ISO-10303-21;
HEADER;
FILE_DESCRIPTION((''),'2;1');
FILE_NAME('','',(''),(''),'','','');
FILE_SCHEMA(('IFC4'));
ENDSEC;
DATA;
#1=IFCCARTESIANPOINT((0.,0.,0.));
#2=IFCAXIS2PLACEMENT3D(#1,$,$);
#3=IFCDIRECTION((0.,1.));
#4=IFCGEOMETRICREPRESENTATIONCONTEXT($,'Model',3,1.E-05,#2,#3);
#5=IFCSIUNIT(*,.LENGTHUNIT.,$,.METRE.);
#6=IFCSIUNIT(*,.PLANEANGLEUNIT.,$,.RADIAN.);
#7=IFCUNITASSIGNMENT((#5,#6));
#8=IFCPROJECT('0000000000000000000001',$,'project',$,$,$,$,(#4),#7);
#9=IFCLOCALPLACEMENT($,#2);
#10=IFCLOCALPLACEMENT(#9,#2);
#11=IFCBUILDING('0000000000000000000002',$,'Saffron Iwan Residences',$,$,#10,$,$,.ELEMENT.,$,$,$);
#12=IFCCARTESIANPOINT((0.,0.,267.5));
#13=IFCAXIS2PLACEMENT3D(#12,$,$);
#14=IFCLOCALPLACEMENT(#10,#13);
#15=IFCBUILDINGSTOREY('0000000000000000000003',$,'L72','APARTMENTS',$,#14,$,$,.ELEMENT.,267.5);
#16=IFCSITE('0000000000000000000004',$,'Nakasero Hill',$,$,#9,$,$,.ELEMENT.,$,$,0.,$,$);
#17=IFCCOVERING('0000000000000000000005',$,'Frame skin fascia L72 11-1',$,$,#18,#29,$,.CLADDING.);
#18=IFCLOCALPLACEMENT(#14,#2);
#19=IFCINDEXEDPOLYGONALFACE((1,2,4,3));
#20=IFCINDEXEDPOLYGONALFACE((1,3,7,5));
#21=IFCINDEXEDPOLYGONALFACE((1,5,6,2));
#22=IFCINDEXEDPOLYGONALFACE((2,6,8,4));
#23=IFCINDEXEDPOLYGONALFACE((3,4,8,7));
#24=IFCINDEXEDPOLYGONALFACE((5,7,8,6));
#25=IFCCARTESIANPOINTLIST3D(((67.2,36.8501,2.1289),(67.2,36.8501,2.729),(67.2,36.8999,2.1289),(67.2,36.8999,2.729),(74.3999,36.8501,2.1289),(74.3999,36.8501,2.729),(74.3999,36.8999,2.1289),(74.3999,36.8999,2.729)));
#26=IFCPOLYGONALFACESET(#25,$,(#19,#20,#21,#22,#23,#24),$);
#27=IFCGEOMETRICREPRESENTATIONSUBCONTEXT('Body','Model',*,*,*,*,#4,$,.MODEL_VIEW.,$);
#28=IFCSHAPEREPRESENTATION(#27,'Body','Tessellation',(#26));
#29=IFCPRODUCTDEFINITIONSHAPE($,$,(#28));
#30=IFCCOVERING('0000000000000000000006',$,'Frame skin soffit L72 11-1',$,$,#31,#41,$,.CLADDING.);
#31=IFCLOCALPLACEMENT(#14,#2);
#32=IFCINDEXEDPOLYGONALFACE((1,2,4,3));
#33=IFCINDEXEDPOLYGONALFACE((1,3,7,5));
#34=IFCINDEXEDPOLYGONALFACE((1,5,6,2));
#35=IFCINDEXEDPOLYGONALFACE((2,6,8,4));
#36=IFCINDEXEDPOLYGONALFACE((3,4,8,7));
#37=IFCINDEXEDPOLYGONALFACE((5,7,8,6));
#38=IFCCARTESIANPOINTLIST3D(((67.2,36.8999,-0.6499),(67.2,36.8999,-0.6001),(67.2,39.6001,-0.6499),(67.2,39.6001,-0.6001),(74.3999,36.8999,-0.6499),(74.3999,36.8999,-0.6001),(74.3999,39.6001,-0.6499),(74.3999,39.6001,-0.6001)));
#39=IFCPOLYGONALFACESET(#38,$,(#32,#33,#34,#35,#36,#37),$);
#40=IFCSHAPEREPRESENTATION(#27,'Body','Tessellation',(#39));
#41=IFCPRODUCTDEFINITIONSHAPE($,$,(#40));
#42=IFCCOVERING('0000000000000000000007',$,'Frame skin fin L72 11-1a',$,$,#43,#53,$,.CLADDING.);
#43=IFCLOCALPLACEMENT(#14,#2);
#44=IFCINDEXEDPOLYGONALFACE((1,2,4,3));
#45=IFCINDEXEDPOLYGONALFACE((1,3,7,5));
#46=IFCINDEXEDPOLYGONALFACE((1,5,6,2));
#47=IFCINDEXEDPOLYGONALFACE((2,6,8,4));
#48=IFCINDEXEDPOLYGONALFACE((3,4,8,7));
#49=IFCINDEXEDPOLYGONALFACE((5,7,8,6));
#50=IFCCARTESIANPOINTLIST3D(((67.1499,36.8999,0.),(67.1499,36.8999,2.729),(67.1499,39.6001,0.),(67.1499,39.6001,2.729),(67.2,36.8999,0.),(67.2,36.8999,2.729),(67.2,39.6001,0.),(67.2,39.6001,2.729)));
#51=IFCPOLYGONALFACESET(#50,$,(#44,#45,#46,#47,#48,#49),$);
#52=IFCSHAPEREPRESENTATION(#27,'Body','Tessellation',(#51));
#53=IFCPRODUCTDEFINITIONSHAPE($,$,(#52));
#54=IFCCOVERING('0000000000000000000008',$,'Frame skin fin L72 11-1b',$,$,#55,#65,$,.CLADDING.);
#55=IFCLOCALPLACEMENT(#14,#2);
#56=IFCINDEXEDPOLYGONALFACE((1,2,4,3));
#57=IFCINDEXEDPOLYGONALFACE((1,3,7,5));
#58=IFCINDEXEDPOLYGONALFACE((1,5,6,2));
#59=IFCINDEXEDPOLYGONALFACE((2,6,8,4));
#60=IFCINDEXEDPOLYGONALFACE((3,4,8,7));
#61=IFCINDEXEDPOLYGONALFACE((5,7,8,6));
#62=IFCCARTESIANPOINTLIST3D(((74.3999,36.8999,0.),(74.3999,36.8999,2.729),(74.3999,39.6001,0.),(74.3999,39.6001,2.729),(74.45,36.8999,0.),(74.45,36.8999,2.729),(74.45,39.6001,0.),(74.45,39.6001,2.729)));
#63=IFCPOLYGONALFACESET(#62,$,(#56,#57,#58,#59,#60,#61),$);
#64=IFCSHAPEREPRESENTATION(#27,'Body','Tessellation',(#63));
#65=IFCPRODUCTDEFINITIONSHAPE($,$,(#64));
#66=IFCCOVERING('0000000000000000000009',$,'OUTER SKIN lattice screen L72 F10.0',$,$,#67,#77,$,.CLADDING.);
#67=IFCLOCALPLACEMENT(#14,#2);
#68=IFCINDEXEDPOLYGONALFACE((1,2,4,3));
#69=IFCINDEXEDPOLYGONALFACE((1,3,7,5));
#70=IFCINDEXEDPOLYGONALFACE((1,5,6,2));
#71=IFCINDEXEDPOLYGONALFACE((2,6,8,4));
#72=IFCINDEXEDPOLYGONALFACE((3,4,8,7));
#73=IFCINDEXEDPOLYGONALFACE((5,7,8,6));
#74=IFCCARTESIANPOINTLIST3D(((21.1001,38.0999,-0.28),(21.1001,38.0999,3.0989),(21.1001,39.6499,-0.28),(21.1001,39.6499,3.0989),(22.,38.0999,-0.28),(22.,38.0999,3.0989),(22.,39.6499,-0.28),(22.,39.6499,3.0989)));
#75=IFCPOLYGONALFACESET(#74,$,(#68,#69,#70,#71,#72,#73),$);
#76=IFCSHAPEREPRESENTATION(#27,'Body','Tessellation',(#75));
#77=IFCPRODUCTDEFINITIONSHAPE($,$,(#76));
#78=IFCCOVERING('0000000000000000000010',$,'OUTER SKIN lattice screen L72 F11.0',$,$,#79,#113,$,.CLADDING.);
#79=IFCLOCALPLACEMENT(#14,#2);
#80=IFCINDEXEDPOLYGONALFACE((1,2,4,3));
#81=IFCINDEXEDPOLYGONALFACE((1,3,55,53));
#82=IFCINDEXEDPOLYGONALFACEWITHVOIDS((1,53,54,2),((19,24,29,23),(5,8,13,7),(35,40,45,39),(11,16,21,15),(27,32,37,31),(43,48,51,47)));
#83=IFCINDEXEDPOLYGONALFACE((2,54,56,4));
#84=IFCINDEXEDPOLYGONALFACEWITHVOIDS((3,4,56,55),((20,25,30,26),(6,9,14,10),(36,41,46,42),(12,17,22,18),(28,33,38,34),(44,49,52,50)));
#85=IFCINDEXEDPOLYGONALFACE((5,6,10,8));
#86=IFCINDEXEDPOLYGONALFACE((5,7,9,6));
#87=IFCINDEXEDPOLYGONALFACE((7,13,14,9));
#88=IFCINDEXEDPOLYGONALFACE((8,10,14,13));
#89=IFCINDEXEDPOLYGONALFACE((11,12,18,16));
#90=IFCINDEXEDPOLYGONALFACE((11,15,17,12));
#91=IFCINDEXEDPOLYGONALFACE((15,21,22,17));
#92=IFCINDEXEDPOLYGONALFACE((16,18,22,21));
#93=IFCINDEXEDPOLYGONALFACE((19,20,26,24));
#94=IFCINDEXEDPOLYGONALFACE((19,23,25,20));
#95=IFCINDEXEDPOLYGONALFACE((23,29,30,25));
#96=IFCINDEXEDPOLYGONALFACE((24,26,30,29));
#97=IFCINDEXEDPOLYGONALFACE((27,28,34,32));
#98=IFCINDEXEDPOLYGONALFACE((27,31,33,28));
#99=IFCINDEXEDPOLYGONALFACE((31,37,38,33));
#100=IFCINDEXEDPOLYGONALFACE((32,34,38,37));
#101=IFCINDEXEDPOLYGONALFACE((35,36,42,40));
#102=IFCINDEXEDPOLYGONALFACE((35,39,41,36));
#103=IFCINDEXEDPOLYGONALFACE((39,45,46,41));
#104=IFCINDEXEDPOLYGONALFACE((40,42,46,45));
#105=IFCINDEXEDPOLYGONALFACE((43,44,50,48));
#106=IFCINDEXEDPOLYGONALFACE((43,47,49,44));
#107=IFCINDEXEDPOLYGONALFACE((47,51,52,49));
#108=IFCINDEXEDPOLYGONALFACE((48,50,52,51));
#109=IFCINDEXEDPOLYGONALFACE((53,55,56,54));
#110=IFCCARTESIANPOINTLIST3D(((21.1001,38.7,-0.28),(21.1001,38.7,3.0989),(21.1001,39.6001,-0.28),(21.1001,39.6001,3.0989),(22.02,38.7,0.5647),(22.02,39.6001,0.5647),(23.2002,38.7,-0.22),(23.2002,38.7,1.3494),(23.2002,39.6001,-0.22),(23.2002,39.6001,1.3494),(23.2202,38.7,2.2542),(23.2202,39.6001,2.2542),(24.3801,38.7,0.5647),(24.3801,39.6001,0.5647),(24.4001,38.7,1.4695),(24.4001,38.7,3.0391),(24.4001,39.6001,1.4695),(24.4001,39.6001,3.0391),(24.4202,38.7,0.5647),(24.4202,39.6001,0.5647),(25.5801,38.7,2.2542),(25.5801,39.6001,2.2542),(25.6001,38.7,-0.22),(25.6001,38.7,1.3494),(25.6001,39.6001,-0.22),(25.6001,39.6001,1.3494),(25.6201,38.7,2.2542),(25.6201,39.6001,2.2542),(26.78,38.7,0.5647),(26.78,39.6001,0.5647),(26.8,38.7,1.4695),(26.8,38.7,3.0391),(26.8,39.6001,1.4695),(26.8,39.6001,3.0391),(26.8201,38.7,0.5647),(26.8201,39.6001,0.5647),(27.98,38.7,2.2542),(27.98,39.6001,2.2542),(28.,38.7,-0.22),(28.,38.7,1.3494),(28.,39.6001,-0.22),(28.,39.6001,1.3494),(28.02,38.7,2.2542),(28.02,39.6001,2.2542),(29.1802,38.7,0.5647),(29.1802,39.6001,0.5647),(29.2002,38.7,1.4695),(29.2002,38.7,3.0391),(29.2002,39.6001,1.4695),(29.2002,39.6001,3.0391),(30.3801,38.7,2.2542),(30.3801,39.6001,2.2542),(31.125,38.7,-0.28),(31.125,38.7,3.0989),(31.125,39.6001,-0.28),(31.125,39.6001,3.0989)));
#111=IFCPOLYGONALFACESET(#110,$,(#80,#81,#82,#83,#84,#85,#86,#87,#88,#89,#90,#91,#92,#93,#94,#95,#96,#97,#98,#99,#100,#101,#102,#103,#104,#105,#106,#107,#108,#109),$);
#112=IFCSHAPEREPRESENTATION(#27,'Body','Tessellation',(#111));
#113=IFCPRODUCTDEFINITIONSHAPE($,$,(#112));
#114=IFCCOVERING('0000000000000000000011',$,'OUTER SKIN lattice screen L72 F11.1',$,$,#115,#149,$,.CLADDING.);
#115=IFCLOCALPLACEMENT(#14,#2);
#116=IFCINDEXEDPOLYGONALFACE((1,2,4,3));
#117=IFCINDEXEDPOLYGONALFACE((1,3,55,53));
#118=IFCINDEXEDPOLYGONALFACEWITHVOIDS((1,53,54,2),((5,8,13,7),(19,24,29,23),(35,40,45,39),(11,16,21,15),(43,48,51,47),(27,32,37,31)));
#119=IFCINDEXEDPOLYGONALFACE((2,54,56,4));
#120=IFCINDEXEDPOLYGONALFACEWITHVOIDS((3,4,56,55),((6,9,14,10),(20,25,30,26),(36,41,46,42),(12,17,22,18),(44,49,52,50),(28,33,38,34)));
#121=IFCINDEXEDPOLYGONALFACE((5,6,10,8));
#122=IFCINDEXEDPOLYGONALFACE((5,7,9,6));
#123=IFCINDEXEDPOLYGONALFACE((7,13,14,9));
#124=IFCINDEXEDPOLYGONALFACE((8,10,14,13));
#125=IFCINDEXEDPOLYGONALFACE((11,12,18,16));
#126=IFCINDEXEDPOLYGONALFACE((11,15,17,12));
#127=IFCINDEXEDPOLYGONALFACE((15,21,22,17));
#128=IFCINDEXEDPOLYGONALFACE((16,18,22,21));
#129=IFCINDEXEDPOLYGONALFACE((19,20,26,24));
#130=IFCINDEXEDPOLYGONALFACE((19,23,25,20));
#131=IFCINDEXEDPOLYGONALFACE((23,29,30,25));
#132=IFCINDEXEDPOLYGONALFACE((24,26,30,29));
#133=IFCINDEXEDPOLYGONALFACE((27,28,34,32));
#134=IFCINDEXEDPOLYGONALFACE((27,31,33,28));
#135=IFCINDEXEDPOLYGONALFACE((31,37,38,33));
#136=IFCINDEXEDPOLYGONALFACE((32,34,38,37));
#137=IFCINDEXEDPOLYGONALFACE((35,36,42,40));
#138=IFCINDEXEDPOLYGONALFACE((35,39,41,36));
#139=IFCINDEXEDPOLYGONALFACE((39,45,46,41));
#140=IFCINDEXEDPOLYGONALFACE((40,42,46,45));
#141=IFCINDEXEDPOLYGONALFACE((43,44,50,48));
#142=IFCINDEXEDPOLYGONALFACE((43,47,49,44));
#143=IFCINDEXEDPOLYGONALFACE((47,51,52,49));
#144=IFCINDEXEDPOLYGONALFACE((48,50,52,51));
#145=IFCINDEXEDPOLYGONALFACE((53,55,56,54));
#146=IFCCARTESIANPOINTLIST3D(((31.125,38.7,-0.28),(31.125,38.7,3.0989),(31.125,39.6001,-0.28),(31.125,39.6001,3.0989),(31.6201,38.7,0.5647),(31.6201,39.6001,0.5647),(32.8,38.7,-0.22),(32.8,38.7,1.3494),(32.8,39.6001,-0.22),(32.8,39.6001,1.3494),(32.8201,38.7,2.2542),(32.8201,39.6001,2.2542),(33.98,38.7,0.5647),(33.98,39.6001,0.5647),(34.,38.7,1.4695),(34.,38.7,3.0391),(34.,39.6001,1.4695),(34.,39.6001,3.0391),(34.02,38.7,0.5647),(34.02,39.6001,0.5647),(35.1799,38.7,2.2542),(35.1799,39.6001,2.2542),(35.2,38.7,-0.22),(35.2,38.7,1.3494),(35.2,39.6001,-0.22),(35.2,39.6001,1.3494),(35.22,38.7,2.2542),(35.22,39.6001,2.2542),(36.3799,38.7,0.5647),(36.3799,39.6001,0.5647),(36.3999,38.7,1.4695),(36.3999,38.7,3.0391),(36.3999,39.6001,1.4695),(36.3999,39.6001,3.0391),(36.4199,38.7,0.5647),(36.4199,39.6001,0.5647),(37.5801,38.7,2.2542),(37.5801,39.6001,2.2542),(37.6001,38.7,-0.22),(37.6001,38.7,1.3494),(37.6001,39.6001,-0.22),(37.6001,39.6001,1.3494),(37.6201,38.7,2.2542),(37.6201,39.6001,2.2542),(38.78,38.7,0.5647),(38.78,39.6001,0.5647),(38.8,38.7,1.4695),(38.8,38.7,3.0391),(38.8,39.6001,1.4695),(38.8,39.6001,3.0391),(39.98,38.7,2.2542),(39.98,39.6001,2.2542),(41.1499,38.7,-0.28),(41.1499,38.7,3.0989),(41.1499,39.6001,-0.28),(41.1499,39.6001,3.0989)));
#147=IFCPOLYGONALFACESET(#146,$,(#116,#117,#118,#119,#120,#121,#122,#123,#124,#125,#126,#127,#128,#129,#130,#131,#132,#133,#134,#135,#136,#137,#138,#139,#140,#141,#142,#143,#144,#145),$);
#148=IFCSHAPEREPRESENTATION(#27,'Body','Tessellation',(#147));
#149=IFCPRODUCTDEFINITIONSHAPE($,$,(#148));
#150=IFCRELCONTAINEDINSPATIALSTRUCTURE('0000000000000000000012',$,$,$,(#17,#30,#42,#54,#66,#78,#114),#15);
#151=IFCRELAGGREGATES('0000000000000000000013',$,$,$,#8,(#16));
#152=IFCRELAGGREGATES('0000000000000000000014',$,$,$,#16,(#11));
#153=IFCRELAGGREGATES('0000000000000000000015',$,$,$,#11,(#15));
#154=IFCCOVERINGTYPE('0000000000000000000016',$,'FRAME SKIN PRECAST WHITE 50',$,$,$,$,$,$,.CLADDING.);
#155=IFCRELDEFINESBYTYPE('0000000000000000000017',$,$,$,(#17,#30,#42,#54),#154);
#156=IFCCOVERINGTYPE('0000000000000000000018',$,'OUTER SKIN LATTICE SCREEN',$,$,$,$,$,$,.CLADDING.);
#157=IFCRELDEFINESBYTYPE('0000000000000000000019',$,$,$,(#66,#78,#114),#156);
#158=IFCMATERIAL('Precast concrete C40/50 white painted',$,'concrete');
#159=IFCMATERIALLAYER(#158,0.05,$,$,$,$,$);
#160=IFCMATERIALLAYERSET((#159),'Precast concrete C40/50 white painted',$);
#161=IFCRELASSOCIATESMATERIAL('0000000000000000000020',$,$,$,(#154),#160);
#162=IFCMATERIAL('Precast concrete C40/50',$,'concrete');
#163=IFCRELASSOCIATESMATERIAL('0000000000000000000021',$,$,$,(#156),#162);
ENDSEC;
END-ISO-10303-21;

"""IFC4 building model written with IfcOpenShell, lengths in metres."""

from ifc_helpers import new_model, si_unit, direction, frame, origin, place, context, subcontext, project, spatial, polyline, outline, extrude, material, layer, layer_set, type_object, element, save


model = new_model("IFC4")

# Units and contexts
model_context = context("Model", 3, precision=1e-05, world=origin(), true_north=direction((0.0, 1.0)))
body_context = subcontext(model_context, "Body", "Model", "MODEL_VIEW")
ifc_project = project(units=[si_unit("LENGTHUNIT", "METRE"), si_unit("PLANEANGLEUNIT", "RADIAN")], contexts=[model_context])

# Site, building, storey
site_placement = place(None, origin())
site = spatial("IfcSite", under=ifc_project, at=site_placement, Name="Nakasero Hill", CompositionType="ELEMENT", RefElevation=0.0)
building_placement = place(site_placement, origin())
building = spatial("IfcBuilding", under=site, at=building_placement, Name="Saffron Iwan Residences", CompositionType="ELEMENT")
storey_placement = place(building_placement, frame((0.0, 0.0, 267.5)))
storey = spatial("IfcBuildingStorey", under=building, at=storey_placement, Name="L72", Description="APARTMENTS", CompositionType="ELEMENT", Elevation=267.5)

# Coverings
ifc_material_1 = material(Name="Precast concrete C40/50 white painted", Category="concrete")
ifc_layer_1 = layer(ifc_material_1, 0.05)
ifc_layer_set_1 = layer_set([ifc_layer_1], Name="Precast concrete C40/50 white painted")
covering_type_1 = type_object("IfcCoveringType", Name="FRAME SKIN PRECAST WHITE 50", PredefinedType="CLADDING", material=ifc_layer_set_1)
for number, where, name in (
    (1, (0.0, 0.0, 2.1289), "Frame skin fascia L72 11-1"),
):
    element("IfcCovering", number, at=place(storey_placement, frame(where)), inside=storey, type_object=covering_type_1, Name=name, PredefinedType="CLADDING", context=body_context, shape_type="SweptSolid", body=[
        extrude(outline(polyline([(67.2, 36.8501), (74.3999, 36.8501), (74.3999, 36.8999), (67.2, 36.8999), (67.2, 36.8501)])), origin(), (0.0, 0.0, 1.0), 0.6001),
    ])
covering_1_placement = place(storey_placement, frame((0.0, 0.0, -0.6499)))
element("IfcCovering", 2, at=covering_1_placement, inside=storey, type_object=covering_type_1, Name="Frame skin soffit L72 11-1", PredefinedType="CLADDING", context=body_context, shape_type="SweptSolid", body=[
    extrude(outline(polyline([(67.2, 36.8999), (74.3999, 36.8999), (74.3999, 39.6001), (67.2, 39.6001), (67.2, 36.8999)])), origin(), (0.0, 0.0, 1.0), 0.0498),
])
covering_2_placement = place(storey_placement, origin())
element("IfcCovering", 3, at=covering_2_placement, inside=storey, type_object=covering_type_1, Name="Frame skin fin L72 11-1a", PredefinedType="CLADDING", context=body_context, shape_type="SweptSolid", body=[
    extrude(outline(polyline([(67.1499, 36.8999), (67.2, 36.8999), (67.2, 39.6001), (67.1499, 39.6001), (67.1499, 36.8999)])), origin(), (0.0, 0.0, 1.0), 2.729),
])
covering_3_placement = place(storey_placement, origin())
element("IfcCovering", 4, at=covering_3_placement, inside=storey, type_object=covering_type_1, Name="Frame skin fin L72 11-1b", PredefinedType="CLADDING", context=body_context, shape_type="SweptSolid", body=[
    extrude(outline(polyline([(74.3999, 36.8999), (74.45, 36.8999), (74.45, 39.6001), (74.3999, 39.6001), (74.3999, 36.8999)])), origin(), (0.0, 0.0, 1.0), 2.729),
])
ifc_material_2 = material(Name="Precast concrete C40/50", Category="concrete")
covering_type_2 = type_object("IfcCoveringType", Name="OUTER SKIN LATTICE SCREEN", PredefinedType="CLADDING", material=ifc_material_2)
covering_4_placement = place(storey_placement, frame((22.0, 39.6499, -0.28), z_axis=(-1.0, 0.0, 0.0), x_axis=(0.0, -1.0, 0.0)))
element("IfcCovering", 5, at=covering_4_placement, inside=storey, type_object=covering_type_2, Name="OUTER SKIN lattice screen L72 F10.0", PredefinedType="CLADDING", context=body_context, shape_type="SweptSolid", body=[
    extrude(outline(polyline([(0.0, 0.0), (1.55, 0.0), (1.55, 3.3789), (0.0, 3.3789), (0.0, 0.0)])), origin(), (0.0, 0.0, 1.0), 0.8999),
])
covering_5_placement = place(storey_placement, frame((21.1001, 39.6001, -0.28), z_axis=(0.0, -1.0, 0.0), x_axis=(1.0, 0.0, 0.0)))
element("IfcCovering", 6, at=covering_5_placement, inside=storey, type_object=covering_type_2, Name="OUTER SKIN lattice screen L72 F11.0", PredefinedType="CLADDING", context=body_context, shape_type="SweptSolid", body=[
    extrude(outline(polyline([(0.0, 0.0), (10.0249, 0.0), (10.0249, 3.3789), (0.0, 3.3789), (0.0, 0.0)]), holes=[polyline([(0.9199, 0.8447), (2.1001, 0.0601), (3.28, 0.8447), (2.1001, 1.6294), (0.9199, 0.8447)]), polyline([(3.3201, 0.8447), (4.5, 0.0601), (5.6799, 0.8447), (4.5, 1.6294), (3.3201, 0.8447)]), polyline([(5.72, 0.8447), (6.8999, 0.0601), (8.0801, 0.8447), (6.8999, 1.6294), (5.72, 0.8447)]), polyline([(2.1201, 2.5342), (3.3, 1.7495), (4.48, 2.5342), (3.3, 3.3191), (2.1201, 2.5342)]), polyline([(4.52, 2.5342), (5.7, 1.7495), (6.8799, 2.5342), (5.7, 3.3191), (4.52, 2.5342)]), polyline([(6.9199, 2.5342), (8.1001, 1.7495), (9.28, 2.5342), (8.1001, 3.3191), (6.9199, 2.5342)])]), origin(), (0.0, 0.0, 1.0), 0.9001),
])
covering_6_placement = place(storey_placement, frame((31.125, 39.6001, -0.28), z_axis=(0.0, -1.0, 0.0), x_axis=(1.0, 0.0, 0.0)))
element("IfcCovering", 7, at=covering_6_placement, inside=storey, type_object=covering_type_2, Name="OUTER SKIN lattice screen L72 F11.1", PredefinedType="CLADDING", context=body_context, shape_type="SweptSolid", body=[
    extrude(outline(polyline([(0.0, 0.0), (10.0249, 0.0), (10.0249, 3.3789), (0.0, 3.3789), (0.0, 0.0)]), holes=[polyline([(0.4951, 0.8447), (1.675, 0.0601), (2.855, 0.8447), (1.675, 1.6294), (0.4951, 0.8447)]), polyline([(2.895, 0.8447), (4.075, 0.0601), (5.2549, 0.8447), (4.075, 1.6294), (2.895, 0.8447)]), polyline([(5.2949, 0.8447), (6.4751, 0.0601), (7.655, 0.8447), (6.4751, 1.6294), (5.2949, 0.8447)]), polyline([(1.6951, 2.5342), (2.875, 1.7495), (4.0549, 2.5342), (2.875, 3.3191), (1.6951, 2.5342)]), polyline([(4.095, 2.5342), (5.2749, 1.7495), (6.4551, 2.5342), (5.2749, 3.3191), (4.095, 2.5342)]), polyline([(6.4951, 2.5342), (7.675, 1.7495), (8.855, 2.5342), (7.675, 3.3191), (6.4951, 2.5342)])]), origin(), (0.0, 0.0, 1.0), 0.9001),
])

save(model, "model.ifc")
